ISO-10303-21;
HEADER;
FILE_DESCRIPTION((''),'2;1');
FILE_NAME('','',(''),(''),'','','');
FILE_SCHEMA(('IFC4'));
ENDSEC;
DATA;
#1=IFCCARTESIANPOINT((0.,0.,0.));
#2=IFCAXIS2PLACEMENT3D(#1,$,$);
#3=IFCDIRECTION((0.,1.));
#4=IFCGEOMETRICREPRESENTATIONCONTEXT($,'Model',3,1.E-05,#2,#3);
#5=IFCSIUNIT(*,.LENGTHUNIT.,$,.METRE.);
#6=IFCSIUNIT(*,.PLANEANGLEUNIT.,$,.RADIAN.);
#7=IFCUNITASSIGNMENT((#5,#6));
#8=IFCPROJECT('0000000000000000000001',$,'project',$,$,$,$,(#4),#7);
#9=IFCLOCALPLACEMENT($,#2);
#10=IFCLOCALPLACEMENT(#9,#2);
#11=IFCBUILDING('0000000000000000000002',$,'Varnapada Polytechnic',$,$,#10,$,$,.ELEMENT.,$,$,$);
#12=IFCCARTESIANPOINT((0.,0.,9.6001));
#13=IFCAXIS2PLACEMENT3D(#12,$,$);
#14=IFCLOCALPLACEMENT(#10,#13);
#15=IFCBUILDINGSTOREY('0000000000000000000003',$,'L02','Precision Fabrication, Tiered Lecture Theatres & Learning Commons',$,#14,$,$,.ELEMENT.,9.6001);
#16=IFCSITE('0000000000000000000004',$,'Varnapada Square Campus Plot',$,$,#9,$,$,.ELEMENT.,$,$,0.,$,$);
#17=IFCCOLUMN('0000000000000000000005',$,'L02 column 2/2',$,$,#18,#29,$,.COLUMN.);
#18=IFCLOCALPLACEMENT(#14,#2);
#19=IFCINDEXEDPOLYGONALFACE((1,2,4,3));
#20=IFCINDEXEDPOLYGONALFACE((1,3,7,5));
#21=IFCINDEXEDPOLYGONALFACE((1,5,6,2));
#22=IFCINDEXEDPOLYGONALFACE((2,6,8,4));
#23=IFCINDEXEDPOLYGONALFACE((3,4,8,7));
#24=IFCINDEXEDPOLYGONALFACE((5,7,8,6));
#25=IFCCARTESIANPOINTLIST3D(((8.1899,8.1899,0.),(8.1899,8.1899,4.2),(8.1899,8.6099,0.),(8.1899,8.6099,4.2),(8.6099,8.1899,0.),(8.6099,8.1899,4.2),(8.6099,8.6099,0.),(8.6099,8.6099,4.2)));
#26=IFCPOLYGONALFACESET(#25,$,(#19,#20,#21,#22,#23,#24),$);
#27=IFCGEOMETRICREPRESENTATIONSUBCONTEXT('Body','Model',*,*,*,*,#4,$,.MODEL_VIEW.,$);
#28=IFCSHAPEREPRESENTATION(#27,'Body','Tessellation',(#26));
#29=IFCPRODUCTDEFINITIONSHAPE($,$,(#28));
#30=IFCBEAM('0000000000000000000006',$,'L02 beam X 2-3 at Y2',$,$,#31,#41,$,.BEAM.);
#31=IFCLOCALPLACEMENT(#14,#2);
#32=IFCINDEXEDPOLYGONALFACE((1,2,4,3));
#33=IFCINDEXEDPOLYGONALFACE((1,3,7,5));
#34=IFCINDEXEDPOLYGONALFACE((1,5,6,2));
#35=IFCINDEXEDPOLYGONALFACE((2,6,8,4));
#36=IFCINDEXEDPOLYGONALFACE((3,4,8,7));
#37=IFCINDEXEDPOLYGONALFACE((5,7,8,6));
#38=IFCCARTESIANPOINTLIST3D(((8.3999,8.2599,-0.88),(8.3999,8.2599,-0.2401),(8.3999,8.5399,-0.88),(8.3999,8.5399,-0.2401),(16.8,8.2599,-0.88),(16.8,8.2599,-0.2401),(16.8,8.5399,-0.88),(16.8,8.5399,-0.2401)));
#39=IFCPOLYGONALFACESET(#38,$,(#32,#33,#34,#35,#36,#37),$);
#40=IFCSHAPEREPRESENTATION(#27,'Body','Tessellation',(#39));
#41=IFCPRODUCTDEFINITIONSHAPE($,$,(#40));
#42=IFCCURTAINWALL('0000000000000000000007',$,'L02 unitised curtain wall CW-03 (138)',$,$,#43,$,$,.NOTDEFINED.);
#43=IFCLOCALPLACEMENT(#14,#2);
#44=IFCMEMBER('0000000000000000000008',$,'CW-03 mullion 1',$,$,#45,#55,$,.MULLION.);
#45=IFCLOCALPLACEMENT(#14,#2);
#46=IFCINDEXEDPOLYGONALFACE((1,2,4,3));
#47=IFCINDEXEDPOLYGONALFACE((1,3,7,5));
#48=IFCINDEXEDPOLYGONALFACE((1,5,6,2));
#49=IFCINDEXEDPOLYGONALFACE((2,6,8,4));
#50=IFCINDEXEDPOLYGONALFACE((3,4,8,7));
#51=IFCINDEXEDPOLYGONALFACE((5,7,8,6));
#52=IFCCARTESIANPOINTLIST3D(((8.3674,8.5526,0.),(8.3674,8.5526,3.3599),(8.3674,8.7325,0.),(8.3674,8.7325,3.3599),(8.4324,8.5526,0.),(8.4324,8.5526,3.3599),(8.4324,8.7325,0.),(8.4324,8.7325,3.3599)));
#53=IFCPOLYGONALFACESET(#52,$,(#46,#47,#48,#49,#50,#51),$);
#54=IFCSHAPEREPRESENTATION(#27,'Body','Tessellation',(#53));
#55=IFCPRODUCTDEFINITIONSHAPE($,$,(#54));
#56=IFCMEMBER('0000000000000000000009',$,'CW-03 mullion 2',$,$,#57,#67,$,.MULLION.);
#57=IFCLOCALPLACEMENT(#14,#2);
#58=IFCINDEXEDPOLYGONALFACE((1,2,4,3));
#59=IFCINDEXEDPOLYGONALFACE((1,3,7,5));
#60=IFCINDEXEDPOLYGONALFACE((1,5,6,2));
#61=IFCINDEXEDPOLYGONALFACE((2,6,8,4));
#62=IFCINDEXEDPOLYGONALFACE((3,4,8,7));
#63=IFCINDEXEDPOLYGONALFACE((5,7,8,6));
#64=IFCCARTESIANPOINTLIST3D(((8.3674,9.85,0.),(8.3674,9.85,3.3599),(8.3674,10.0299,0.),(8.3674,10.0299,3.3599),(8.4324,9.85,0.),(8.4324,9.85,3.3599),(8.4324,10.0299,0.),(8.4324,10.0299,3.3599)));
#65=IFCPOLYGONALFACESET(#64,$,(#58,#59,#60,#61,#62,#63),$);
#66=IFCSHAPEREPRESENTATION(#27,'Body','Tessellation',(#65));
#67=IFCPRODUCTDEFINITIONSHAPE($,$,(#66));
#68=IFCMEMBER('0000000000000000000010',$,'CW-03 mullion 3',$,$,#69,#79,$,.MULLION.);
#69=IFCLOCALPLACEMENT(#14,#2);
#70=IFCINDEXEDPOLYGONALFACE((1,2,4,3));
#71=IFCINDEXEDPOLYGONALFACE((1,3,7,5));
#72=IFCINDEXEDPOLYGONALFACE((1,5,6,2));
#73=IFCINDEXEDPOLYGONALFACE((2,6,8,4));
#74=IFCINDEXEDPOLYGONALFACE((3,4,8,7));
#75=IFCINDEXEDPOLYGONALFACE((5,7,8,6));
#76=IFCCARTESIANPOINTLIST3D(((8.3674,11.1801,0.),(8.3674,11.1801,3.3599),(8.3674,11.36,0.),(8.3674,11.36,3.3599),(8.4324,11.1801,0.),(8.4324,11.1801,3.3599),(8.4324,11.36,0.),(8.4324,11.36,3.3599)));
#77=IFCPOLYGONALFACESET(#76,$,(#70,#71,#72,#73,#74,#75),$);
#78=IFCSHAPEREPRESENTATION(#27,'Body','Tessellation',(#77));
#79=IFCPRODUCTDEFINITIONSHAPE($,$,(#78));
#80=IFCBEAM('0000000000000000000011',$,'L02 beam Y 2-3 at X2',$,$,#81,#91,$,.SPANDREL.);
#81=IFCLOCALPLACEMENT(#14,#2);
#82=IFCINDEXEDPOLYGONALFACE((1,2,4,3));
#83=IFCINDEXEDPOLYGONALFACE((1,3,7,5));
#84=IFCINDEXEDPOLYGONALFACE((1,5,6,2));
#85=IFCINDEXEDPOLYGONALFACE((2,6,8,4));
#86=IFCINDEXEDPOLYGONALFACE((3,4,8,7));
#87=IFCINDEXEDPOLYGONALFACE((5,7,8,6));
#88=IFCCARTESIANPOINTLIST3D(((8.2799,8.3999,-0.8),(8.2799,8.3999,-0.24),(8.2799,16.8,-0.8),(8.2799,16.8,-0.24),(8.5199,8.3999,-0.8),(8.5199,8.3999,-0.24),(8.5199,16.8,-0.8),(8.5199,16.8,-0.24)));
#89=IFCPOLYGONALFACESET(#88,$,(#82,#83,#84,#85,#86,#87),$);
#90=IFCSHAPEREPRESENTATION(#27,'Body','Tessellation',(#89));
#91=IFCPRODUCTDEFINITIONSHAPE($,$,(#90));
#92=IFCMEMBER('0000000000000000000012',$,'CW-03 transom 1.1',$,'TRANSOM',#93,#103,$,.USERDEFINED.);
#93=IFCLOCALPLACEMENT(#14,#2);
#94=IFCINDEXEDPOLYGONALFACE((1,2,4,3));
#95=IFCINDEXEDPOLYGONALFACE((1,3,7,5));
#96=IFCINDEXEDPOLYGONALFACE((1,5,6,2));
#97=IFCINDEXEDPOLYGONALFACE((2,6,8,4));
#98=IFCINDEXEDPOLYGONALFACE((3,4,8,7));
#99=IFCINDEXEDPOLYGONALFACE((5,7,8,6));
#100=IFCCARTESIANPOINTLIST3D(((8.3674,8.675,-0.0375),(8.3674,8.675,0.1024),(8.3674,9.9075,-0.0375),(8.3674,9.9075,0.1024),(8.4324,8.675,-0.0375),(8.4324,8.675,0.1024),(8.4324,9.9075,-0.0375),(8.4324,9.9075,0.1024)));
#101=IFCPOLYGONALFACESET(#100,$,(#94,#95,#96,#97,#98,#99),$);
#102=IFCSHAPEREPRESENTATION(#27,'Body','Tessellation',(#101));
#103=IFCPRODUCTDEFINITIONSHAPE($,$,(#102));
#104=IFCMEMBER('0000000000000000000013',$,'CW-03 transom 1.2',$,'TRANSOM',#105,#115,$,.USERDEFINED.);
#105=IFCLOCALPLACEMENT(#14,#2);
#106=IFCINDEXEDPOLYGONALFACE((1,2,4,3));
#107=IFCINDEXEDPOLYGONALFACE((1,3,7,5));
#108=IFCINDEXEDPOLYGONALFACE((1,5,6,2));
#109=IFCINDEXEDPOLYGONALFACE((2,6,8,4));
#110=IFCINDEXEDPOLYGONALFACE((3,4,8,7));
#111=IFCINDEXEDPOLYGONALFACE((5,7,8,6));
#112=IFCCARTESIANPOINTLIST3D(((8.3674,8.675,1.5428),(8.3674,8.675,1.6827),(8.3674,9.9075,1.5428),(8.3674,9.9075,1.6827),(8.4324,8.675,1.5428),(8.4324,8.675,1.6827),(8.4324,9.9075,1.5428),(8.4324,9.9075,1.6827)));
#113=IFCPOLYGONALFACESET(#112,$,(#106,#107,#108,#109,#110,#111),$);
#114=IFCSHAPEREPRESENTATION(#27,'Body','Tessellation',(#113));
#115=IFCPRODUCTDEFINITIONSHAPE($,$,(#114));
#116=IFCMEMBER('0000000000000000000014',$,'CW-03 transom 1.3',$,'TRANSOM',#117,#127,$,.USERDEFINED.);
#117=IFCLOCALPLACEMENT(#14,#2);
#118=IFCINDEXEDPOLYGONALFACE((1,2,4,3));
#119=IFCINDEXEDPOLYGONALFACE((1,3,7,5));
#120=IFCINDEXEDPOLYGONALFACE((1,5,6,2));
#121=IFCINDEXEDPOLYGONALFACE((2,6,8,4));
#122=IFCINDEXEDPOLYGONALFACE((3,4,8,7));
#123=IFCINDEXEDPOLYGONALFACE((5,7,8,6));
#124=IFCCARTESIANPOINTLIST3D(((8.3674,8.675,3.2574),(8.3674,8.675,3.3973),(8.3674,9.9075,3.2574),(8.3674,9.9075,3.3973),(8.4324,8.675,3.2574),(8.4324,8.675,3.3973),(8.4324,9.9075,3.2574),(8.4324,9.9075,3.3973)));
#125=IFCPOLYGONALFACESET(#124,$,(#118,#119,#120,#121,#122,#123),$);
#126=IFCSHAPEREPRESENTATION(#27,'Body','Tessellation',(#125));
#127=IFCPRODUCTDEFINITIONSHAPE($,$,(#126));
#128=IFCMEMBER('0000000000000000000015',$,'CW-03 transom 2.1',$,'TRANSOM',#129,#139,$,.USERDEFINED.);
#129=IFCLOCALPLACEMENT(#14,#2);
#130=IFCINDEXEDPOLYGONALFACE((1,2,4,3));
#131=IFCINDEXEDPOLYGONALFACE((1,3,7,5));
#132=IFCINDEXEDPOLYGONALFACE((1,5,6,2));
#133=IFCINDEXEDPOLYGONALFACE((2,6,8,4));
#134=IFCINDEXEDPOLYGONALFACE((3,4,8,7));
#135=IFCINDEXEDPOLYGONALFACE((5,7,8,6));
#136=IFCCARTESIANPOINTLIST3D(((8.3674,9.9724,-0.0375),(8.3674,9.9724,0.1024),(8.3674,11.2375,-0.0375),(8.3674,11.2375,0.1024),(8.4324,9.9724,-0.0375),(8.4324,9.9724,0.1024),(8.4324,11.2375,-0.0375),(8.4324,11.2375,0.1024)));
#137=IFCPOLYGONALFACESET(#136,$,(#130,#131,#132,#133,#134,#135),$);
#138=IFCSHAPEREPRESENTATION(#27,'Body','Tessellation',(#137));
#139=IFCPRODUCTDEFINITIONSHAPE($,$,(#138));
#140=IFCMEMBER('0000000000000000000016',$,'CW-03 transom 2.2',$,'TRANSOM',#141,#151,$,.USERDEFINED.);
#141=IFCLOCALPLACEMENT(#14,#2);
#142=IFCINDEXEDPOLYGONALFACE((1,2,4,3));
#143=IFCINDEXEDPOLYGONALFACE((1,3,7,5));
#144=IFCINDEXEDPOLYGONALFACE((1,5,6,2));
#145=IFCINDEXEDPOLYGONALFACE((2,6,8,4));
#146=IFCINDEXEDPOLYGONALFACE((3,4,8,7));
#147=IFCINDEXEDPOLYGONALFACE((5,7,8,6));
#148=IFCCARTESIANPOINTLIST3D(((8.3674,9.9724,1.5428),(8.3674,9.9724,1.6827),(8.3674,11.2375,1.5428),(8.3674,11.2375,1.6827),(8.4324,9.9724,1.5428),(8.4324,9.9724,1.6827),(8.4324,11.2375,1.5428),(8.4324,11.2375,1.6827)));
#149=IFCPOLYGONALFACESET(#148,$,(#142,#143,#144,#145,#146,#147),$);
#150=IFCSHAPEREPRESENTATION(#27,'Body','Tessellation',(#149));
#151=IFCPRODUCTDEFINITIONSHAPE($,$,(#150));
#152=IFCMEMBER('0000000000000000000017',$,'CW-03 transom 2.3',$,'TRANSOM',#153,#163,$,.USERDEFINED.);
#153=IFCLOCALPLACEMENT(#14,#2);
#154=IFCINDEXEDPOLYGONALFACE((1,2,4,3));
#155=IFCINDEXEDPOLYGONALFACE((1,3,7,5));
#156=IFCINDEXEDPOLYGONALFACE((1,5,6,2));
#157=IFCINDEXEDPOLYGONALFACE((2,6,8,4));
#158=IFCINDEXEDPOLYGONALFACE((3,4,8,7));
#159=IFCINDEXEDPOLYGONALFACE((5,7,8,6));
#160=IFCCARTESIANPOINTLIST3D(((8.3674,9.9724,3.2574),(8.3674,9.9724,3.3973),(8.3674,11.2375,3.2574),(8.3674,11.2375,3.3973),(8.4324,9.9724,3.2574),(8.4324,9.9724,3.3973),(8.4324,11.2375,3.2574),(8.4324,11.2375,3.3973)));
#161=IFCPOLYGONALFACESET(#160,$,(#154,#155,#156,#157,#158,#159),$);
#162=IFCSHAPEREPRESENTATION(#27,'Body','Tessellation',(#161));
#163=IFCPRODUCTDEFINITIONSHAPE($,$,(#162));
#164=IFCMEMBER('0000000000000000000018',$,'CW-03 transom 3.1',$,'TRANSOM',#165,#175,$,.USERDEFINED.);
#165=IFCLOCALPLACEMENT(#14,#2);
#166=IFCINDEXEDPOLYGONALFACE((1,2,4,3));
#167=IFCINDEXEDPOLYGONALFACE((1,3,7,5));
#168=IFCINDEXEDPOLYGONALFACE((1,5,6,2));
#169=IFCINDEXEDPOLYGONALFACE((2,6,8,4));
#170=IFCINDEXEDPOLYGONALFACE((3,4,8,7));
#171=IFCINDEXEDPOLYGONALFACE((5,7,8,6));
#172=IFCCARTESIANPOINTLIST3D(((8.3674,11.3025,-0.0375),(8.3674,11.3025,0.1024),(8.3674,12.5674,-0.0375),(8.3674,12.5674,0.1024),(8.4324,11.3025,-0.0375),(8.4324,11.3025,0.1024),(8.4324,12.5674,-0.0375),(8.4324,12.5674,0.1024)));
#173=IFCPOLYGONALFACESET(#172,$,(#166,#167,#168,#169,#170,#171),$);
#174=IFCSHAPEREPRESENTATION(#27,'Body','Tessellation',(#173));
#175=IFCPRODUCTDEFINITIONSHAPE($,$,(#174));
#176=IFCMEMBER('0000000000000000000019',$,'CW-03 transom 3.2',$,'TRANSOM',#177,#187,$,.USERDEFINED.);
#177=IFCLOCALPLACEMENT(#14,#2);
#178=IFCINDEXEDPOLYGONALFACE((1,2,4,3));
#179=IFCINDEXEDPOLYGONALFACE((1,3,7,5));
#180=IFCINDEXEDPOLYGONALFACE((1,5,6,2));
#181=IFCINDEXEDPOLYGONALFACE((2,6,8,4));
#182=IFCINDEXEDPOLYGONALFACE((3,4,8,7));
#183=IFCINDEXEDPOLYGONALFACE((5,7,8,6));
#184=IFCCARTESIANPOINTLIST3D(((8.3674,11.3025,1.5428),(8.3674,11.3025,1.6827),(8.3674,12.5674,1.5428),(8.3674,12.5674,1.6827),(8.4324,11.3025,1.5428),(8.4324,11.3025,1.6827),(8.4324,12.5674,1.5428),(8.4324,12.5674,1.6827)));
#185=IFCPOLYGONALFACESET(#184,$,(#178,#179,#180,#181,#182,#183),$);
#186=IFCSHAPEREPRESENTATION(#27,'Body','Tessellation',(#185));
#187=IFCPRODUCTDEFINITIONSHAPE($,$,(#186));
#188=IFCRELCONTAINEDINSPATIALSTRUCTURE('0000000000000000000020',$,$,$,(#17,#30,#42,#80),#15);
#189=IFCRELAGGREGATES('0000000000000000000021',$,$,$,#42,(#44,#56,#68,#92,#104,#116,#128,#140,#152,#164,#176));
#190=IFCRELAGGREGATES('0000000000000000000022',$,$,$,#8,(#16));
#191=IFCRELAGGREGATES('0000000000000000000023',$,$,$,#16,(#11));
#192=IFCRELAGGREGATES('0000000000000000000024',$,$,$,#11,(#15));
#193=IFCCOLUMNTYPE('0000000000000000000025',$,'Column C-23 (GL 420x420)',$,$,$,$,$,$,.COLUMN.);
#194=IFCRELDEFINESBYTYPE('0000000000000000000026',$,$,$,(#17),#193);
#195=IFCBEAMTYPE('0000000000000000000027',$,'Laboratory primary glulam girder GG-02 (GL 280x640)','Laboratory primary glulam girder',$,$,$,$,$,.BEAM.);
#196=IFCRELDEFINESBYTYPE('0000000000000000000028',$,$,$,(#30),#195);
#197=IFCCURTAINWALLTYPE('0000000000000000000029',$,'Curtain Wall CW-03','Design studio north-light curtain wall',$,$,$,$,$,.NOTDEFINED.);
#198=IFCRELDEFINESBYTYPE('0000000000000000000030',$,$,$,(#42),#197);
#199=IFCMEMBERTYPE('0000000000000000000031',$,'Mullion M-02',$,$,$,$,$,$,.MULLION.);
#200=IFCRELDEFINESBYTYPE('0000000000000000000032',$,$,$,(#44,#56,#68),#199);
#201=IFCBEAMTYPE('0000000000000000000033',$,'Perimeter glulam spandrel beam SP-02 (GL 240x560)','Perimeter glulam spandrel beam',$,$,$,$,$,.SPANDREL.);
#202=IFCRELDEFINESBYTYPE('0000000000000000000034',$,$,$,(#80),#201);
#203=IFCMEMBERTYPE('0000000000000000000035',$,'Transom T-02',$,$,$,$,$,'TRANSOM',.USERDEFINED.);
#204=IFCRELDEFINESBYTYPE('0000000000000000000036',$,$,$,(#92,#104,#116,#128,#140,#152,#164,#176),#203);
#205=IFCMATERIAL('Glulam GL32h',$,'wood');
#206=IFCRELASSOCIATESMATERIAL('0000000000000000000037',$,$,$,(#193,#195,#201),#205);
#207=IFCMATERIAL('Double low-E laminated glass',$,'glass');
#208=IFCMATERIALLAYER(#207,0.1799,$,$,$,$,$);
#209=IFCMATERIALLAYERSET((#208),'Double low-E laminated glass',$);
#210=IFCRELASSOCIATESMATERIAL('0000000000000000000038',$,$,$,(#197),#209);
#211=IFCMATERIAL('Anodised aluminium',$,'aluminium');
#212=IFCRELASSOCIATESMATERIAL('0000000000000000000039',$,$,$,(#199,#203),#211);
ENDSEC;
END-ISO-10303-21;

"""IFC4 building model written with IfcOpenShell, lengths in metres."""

from ifc_helpers import new_model, si_unit, direction, frame, origin, origin_2d, place, context, subcontext, project, spatial, rectangle, extrude, material, layer, layer_set, material_profile, profile_set, type_object, element, aggregate, save


model = new_model("IFC4")

# Units and contexts
model_context = context("Model", 3, precision=1e-05, world=origin(), true_north=direction((0.0, 1.0)))
body_context = subcontext(model_context, "Body", "Model", "MODEL_VIEW")
ifc_project = project(units=[si_unit("LENGTHUNIT", "METRE"), si_unit("PLANEANGLEUNIT", "RADIAN")], contexts=[model_context])

# Site, building, storey
site_placement = place(None, origin())
site = spatial("IfcSite", under=ifc_project, at=site_placement, Name="Varnapada Square Campus Plot", CompositionType="ELEMENT", RefElevation=0.0)
building_placement = place(site_placement, origin())
building = spatial("IfcBuilding", under=site, at=building_placement, Name="Varnapada Polytechnic", CompositionType="ELEMENT")
storey_placement = place(building_placement, frame((0.0, 0.0, 9.6001)))
storey = spatial("IfcBuildingStorey", under=building, at=storey_placement, Name="L02", Description="Precision Fabrication, Tiered Lecture Theatres & Learning Commons", CompositionType="ELEMENT", Elevation=9.6001)

# Column
ifc_material_1 = material(Name="Glulam GL32h", Category="wood")
ifc_material_profile_1 = material_profile(ifc_material_1, rectangle(XDim=0.4199, YDim=0.4199, at=origin_2d()), Name="GL 420x420")
ifc_profile_set_1 = profile_set([ifc_material_profile_1], Name="Glulam GL32h")
column_type = type_object("IfcColumnType", Name="Column C-23 (GL 420x420)", PredefinedType="COLUMN", material=ifc_profile_set_1)
column_placement = place(storey_placement, frame((8.3999, 8.3999, 0.0), z_axis=(0.0, 0.0, 1.0), x_axis=(1.0, 0.0, 0.0)))
element("IfcColumn", 1, at=column_placement, inside=storey, type_object=column_type, Name="L02 column 2/2", PredefinedType="COLUMN", context=body_context, shape_type="SweptSolid", body=[
    extrude(rectangle(XDim=0.4199, YDim=0.4199, at=origin_2d()), origin(), (0.0, 0.0, 1.0), 4.2),
])

# Beam
ifc_material_profile_2 = material_profile(ifc_material_1, rectangle(XDim=0.28, YDim=0.6399, at=origin_2d()), Name="GL 280x640")
ifc_profile_set_2 = profile_set([ifc_material_profile_2], Name="Glulam GL32h")
beam_type_1 = type_object("IfcBeamType", Name="Laboratory primary glulam girder GG-02 (GL 280x640)", Description="Laboratory primary glulam girder", PredefinedType="BEAM", material=ifc_profile_set_2)
beam_1_placement = place(storey_placement, frame((8.3999, 8.3999, -0.5601), z_axis=(1.0, 0.0, 0.0), x_axis=(0.0, 1.0, 0.0)))
element("IfcBeam", 2, at=beam_1_placement, inside=storey, type_object=beam_type_1, Name="L02 beam X 2-3 at Y2", PredefinedType="BEAM", context=body_context, shape_type="SweptSolid", body=[
    extrude(rectangle(XDim=0.28, YDim=0.6399, at=origin_2d()), origin(), (0.0, 0.0, 1.0), 8.4001),
])

# Curtain wall, members
ifc_material_2 = material(Name="Double low-E laminated glass", Category="glass")
ifc_layer_1 = layer(ifc_material_2, 0.1799)
ifc_layer_set_1 = layer_set([ifc_layer_1], Name="Double low-E laminated glass")
curtain_wall_type = type_object("IfcCurtainWallType", Name="Curtain Wall CW-03", Description="Design studio north-light curtain wall", PredefinedType="NOTDEFINED", material=ifc_layer_set_1)
curtain_wall_placement = place(storey_placement, origin())
curtain_wall = element("IfcCurtainWall", 3, at=curtain_wall_placement, inside=storey, type_object=curtain_wall_type, Name="L02 unitised curtain wall CW-03 (138)", PredefinedType="NOTDEFINED")
ifc_material_3 = material(Name="Anodised aluminium", Category="aluminium")
ifc_material_profile_3 = material_profile(ifc_material_3, rectangle(XDim=0.0649, YDim=0.1799, at=origin_2d()), Name="ALU M65x180")
ifc_profile_set_3 = profile_set([ifc_material_profile_3], Name="Anodised aluminium")
member_type_1 = type_object("IfcMemberType", Name="Mullion M-02", PredefinedType="MULLION", material=ifc_profile_set_3)
member_1_placement = place(storey_placement, frame((8.3999, 8.6426, 0.0), z_axis=(0.0, 0.0, 1.0), x_axis=(-1.0, 0.0, 0.0)))
member_1 = element("IfcMember", 4, at=member_1_placement, type_object=member_type_1, Name="CW-03 mullion 1", PredefinedType="MULLION", context=body_context, shape_type="SweptSolid", body=[
    extrude(rectangle(XDim=0.0649, YDim=0.1799, at=origin_2d()), origin(), (0.0, 0.0, 1.0), 3.3599),
])
member_2_placement = place(storey_placement, frame((8.3999, 9.9399, 0.0), z_axis=(0.0, 0.0, 1.0), x_axis=(-1.0, 0.0, 0.0)))
member_2 = element("IfcMember", 5, at=member_2_placement, type_object=member_type_1, Name="CW-03 mullion 2", PredefinedType="MULLION", context=body_context, shape_type="SweptSolid", body=[
    extrude(rectangle(XDim=0.0649, YDim=0.1799, at=origin_2d()), origin(), (0.0, 0.0, 1.0), 3.3599),
])
member_3_placement = place(storey_placement, frame((8.3999, 11.27, 0.0), z_axis=(0.0, 0.0, 1.0), x_axis=(-1.0, 0.0, 0.0)))
member_3 = element("IfcMember", 6, at=member_3_placement, type_object=member_type_1, Name="CW-03 mullion 3", PredefinedType="MULLION", context=body_context, shape_type="SweptSolid", body=[
    extrude(rectangle(XDim=0.0649, YDim=0.1799, at=origin_2d()), origin(), (0.0, 0.0, 1.0), 3.3599),
])

# Beam
ifc_material_profile_4 = material_profile(ifc_material_1, rectangle(XDim=0.24, YDim=0.5601, at=origin_2d()), Name="GL 240x560")
ifc_profile_set_4 = profile_set([ifc_material_profile_4], Name="Glulam GL32h")
beam_type_2 = type_object("IfcBeamType", Name="Perimeter glulam spandrel beam SP-02 (GL 240x560)", Description="Perimeter glulam spandrel beam", PredefinedType="SPANDREL", material=ifc_profile_set_4)
beam_2_placement = place(storey_placement, frame((8.3999, 8.3999, -0.52), z_axis=(0.0, 1.0, 0.0), x_axis=(-1.0, 0.0, 0.0)))
element("IfcBeam", 7, at=beam_2_placement, inside=storey, type_object=beam_type_2, Name="L02 beam Y 2-3 at X2", PredefinedType="SPANDREL", context=body_context, shape_type="SweptSolid", body=[
    extrude(rectangle(XDim=0.24, YDim=0.5601, at=origin_2d()), origin(), (0.0, 0.0, 1.0), 8.4001),
])

# Members
ifc_material_profile_5 = material_profile(ifc_material_3, rectangle(XDim=0.0649, YDim=0.1399, at=origin_2d()), Name="ALU T65x140")
ifc_profile_set_5 = profile_set([ifc_material_profile_5], Name="Anodised aluminium")
member_type_2 = type_object("IfcMemberType", Name="Transom T-02", ElementType="TRANSOM", PredefinedType="USERDEFINED", material=ifc_profile_set_5)
member_4_placement = place(storey_placement, frame((8.3999, 8.675, 0.0325), z_axis=(0.0, 1.0, 0.0), x_axis=(-1.0, 0.0, 0.0)))
member_4 = element("IfcMember", 8, at=member_4_placement, type_object=member_type_2, Name="CW-03 transom 1.1", ObjectType="TRANSOM", PredefinedType="USERDEFINED", context=body_context, shape_type="SweptSolid", body=[
    extrude(rectangle(XDim=0.0649, YDim=0.1399, at=origin_2d()), origin(), (0.0, 0.0, 1.0), 1.2324),
])
member_5_placement = place(storey_placement, frame((8.3999, 8.675, 1.6128), z_axis=(0.0, 1.0, 0.0), x_axis=(-1.0, 0.0, 0.0)))
member_5 = element("IfcMember", 9, at=member_5_placement, type_object=member_type_2, Name="CW-03 transom 1.2", ObjectType="TRANSOM", PredefinedType="USERDEFINED", context=body_context, shape_type="SweptSolid", body=[
    extrude(rectangle(XDim=0.0649, YDim=0.1399, at=origin_2d()), origin(), (0.0, 0.0, 1.0), 1.2324),
])
member_6_placement = place(storey_placement, frame((8.3999, 8.675, 3.3274), z_axis=(0.0, 1.0, 0.0), x_axis=(-1.0, 0.0, 0.0)))
member_6 = element("IfcMember", 10, at=member_6_placement, type_object=member_type_2, Name="CW-03 transom 1.3", ObjectType="TRANSOM", PredefinedType="USERDEFINED", context=body_context, shape_type="SweptSolid", body=[
    extrude(rectangle(XDim=0.0649, YDim=0.1399, at=origin_2d()), origin(), (0.0, 0.0, 1.0), 1.2324),
])
member_7_placement = place(storey_placement, frame((8.3999, 9.9724, 0.0325), z_axis=(0.0, 1.0, 0.0), x_axis=(-1.0, 0.0, 0.0)))
member_7 = element("IfcMember", 11, at=member_7_placement, type_object=member_type_2, Name="CW-03 transom 2.1", ObjectType="TRANSOM", PredefinedType="USERDEFINED", context=body_context, shape_type="SweptSolid", body=[
    extrude(rectangle(XDim=0.0649, YDim=0.1399, at=origin_2d()), origin(), (0.0, 0.0, 1.0), 1.2651),
])
member_8_placement = place(storey_placement, frame((8.3999, 9.9724, 1.6128), z_axis=(0.0, 1.0, 0.0), x_axis=(-1.0, 0.0, 0.0)))
member_8 = element("IfcMember", 12, at=member_8_placement, type_object=member_type_2, Name="CW-03 transom 2.2", ObjectType="TRANSOM", PredefinedType="USERDEFINED", context=body_context, shape_type="SweptSolid", body=[
    extrude(rectangle(XDim=0.0649, YDim=0.1399, at=origin_2d()), origin(), (0.0, 0.0, 1.0), 1.2651),
])
member_9_placement = place(storey_placement, frame((8.3999, 9.9724, 3.3274), z_axis=(0.0, 1.0, 0.0), x_axis=(-1.0, 0.0, 0.0)))
member_9 = element("IfcMember", 13, at=member_9_placement, type_object=member_type_2, Name="CW-03 transom 2.3", ObjectType="TRANSOM", PredefinedType="USERDEFINED", context=body_context, shape_type="SweptSolid", body=[
    extrude(rectangle(XDim=0.0649, YDim=0.1399, at=origin_2d()), origin(), (0.0, 0.0, 1.0), 1.2651),
])
member_10_placement = place(storey_placement, frame((8.3999, 11.3025, 0.0325), z_axis=(0.0, 1.0, 0.0), x_axis=(-1.0, 0.0, 0.0)))
member_10 = element("IfcMember", 14, at=member_10_placement, type_object=member_type_2, Name="CW-03 transom 3.1", ObjectType="TRANSOM", PredefinedType="USERDEFINED", context=body_context, shape_type="SweptSolid", body=[
    extrude(rectangle(XDim=0.0649, YDim=0.1399, at=origin_2d()), origin(), (0.0, 0.0, 1.0), 1.2649),
])
member_11_placement = place(storey_placement, frame((8.3999, 11.3025, 1.6128), z_axis=(0.0, 1.0, 0.0), x_axis=(-1.0, 0.0, 0.0)))
member_11 = element("IfcMember", 15, at=member_11_placement, type_object=member_type_2, Name="CW-03 transom 3.2", ObjectType="TRANSOM", PredefinedType="USERDEFINED", context=body_context, shape_type="SweptSolid", body=[
    extrude(rectangle(XDim=0.0649, YDim=0.1399, at=origin_2d()), origin(), (0.0, 0.0, 1.0), 1.2649),
])

aggregate(curtain_wall, [member_1, member_2, member_3, member_4, member_5, member_6, member_7, member_8, member_9, member_10, member_11])

save(model, "model.ifc")
